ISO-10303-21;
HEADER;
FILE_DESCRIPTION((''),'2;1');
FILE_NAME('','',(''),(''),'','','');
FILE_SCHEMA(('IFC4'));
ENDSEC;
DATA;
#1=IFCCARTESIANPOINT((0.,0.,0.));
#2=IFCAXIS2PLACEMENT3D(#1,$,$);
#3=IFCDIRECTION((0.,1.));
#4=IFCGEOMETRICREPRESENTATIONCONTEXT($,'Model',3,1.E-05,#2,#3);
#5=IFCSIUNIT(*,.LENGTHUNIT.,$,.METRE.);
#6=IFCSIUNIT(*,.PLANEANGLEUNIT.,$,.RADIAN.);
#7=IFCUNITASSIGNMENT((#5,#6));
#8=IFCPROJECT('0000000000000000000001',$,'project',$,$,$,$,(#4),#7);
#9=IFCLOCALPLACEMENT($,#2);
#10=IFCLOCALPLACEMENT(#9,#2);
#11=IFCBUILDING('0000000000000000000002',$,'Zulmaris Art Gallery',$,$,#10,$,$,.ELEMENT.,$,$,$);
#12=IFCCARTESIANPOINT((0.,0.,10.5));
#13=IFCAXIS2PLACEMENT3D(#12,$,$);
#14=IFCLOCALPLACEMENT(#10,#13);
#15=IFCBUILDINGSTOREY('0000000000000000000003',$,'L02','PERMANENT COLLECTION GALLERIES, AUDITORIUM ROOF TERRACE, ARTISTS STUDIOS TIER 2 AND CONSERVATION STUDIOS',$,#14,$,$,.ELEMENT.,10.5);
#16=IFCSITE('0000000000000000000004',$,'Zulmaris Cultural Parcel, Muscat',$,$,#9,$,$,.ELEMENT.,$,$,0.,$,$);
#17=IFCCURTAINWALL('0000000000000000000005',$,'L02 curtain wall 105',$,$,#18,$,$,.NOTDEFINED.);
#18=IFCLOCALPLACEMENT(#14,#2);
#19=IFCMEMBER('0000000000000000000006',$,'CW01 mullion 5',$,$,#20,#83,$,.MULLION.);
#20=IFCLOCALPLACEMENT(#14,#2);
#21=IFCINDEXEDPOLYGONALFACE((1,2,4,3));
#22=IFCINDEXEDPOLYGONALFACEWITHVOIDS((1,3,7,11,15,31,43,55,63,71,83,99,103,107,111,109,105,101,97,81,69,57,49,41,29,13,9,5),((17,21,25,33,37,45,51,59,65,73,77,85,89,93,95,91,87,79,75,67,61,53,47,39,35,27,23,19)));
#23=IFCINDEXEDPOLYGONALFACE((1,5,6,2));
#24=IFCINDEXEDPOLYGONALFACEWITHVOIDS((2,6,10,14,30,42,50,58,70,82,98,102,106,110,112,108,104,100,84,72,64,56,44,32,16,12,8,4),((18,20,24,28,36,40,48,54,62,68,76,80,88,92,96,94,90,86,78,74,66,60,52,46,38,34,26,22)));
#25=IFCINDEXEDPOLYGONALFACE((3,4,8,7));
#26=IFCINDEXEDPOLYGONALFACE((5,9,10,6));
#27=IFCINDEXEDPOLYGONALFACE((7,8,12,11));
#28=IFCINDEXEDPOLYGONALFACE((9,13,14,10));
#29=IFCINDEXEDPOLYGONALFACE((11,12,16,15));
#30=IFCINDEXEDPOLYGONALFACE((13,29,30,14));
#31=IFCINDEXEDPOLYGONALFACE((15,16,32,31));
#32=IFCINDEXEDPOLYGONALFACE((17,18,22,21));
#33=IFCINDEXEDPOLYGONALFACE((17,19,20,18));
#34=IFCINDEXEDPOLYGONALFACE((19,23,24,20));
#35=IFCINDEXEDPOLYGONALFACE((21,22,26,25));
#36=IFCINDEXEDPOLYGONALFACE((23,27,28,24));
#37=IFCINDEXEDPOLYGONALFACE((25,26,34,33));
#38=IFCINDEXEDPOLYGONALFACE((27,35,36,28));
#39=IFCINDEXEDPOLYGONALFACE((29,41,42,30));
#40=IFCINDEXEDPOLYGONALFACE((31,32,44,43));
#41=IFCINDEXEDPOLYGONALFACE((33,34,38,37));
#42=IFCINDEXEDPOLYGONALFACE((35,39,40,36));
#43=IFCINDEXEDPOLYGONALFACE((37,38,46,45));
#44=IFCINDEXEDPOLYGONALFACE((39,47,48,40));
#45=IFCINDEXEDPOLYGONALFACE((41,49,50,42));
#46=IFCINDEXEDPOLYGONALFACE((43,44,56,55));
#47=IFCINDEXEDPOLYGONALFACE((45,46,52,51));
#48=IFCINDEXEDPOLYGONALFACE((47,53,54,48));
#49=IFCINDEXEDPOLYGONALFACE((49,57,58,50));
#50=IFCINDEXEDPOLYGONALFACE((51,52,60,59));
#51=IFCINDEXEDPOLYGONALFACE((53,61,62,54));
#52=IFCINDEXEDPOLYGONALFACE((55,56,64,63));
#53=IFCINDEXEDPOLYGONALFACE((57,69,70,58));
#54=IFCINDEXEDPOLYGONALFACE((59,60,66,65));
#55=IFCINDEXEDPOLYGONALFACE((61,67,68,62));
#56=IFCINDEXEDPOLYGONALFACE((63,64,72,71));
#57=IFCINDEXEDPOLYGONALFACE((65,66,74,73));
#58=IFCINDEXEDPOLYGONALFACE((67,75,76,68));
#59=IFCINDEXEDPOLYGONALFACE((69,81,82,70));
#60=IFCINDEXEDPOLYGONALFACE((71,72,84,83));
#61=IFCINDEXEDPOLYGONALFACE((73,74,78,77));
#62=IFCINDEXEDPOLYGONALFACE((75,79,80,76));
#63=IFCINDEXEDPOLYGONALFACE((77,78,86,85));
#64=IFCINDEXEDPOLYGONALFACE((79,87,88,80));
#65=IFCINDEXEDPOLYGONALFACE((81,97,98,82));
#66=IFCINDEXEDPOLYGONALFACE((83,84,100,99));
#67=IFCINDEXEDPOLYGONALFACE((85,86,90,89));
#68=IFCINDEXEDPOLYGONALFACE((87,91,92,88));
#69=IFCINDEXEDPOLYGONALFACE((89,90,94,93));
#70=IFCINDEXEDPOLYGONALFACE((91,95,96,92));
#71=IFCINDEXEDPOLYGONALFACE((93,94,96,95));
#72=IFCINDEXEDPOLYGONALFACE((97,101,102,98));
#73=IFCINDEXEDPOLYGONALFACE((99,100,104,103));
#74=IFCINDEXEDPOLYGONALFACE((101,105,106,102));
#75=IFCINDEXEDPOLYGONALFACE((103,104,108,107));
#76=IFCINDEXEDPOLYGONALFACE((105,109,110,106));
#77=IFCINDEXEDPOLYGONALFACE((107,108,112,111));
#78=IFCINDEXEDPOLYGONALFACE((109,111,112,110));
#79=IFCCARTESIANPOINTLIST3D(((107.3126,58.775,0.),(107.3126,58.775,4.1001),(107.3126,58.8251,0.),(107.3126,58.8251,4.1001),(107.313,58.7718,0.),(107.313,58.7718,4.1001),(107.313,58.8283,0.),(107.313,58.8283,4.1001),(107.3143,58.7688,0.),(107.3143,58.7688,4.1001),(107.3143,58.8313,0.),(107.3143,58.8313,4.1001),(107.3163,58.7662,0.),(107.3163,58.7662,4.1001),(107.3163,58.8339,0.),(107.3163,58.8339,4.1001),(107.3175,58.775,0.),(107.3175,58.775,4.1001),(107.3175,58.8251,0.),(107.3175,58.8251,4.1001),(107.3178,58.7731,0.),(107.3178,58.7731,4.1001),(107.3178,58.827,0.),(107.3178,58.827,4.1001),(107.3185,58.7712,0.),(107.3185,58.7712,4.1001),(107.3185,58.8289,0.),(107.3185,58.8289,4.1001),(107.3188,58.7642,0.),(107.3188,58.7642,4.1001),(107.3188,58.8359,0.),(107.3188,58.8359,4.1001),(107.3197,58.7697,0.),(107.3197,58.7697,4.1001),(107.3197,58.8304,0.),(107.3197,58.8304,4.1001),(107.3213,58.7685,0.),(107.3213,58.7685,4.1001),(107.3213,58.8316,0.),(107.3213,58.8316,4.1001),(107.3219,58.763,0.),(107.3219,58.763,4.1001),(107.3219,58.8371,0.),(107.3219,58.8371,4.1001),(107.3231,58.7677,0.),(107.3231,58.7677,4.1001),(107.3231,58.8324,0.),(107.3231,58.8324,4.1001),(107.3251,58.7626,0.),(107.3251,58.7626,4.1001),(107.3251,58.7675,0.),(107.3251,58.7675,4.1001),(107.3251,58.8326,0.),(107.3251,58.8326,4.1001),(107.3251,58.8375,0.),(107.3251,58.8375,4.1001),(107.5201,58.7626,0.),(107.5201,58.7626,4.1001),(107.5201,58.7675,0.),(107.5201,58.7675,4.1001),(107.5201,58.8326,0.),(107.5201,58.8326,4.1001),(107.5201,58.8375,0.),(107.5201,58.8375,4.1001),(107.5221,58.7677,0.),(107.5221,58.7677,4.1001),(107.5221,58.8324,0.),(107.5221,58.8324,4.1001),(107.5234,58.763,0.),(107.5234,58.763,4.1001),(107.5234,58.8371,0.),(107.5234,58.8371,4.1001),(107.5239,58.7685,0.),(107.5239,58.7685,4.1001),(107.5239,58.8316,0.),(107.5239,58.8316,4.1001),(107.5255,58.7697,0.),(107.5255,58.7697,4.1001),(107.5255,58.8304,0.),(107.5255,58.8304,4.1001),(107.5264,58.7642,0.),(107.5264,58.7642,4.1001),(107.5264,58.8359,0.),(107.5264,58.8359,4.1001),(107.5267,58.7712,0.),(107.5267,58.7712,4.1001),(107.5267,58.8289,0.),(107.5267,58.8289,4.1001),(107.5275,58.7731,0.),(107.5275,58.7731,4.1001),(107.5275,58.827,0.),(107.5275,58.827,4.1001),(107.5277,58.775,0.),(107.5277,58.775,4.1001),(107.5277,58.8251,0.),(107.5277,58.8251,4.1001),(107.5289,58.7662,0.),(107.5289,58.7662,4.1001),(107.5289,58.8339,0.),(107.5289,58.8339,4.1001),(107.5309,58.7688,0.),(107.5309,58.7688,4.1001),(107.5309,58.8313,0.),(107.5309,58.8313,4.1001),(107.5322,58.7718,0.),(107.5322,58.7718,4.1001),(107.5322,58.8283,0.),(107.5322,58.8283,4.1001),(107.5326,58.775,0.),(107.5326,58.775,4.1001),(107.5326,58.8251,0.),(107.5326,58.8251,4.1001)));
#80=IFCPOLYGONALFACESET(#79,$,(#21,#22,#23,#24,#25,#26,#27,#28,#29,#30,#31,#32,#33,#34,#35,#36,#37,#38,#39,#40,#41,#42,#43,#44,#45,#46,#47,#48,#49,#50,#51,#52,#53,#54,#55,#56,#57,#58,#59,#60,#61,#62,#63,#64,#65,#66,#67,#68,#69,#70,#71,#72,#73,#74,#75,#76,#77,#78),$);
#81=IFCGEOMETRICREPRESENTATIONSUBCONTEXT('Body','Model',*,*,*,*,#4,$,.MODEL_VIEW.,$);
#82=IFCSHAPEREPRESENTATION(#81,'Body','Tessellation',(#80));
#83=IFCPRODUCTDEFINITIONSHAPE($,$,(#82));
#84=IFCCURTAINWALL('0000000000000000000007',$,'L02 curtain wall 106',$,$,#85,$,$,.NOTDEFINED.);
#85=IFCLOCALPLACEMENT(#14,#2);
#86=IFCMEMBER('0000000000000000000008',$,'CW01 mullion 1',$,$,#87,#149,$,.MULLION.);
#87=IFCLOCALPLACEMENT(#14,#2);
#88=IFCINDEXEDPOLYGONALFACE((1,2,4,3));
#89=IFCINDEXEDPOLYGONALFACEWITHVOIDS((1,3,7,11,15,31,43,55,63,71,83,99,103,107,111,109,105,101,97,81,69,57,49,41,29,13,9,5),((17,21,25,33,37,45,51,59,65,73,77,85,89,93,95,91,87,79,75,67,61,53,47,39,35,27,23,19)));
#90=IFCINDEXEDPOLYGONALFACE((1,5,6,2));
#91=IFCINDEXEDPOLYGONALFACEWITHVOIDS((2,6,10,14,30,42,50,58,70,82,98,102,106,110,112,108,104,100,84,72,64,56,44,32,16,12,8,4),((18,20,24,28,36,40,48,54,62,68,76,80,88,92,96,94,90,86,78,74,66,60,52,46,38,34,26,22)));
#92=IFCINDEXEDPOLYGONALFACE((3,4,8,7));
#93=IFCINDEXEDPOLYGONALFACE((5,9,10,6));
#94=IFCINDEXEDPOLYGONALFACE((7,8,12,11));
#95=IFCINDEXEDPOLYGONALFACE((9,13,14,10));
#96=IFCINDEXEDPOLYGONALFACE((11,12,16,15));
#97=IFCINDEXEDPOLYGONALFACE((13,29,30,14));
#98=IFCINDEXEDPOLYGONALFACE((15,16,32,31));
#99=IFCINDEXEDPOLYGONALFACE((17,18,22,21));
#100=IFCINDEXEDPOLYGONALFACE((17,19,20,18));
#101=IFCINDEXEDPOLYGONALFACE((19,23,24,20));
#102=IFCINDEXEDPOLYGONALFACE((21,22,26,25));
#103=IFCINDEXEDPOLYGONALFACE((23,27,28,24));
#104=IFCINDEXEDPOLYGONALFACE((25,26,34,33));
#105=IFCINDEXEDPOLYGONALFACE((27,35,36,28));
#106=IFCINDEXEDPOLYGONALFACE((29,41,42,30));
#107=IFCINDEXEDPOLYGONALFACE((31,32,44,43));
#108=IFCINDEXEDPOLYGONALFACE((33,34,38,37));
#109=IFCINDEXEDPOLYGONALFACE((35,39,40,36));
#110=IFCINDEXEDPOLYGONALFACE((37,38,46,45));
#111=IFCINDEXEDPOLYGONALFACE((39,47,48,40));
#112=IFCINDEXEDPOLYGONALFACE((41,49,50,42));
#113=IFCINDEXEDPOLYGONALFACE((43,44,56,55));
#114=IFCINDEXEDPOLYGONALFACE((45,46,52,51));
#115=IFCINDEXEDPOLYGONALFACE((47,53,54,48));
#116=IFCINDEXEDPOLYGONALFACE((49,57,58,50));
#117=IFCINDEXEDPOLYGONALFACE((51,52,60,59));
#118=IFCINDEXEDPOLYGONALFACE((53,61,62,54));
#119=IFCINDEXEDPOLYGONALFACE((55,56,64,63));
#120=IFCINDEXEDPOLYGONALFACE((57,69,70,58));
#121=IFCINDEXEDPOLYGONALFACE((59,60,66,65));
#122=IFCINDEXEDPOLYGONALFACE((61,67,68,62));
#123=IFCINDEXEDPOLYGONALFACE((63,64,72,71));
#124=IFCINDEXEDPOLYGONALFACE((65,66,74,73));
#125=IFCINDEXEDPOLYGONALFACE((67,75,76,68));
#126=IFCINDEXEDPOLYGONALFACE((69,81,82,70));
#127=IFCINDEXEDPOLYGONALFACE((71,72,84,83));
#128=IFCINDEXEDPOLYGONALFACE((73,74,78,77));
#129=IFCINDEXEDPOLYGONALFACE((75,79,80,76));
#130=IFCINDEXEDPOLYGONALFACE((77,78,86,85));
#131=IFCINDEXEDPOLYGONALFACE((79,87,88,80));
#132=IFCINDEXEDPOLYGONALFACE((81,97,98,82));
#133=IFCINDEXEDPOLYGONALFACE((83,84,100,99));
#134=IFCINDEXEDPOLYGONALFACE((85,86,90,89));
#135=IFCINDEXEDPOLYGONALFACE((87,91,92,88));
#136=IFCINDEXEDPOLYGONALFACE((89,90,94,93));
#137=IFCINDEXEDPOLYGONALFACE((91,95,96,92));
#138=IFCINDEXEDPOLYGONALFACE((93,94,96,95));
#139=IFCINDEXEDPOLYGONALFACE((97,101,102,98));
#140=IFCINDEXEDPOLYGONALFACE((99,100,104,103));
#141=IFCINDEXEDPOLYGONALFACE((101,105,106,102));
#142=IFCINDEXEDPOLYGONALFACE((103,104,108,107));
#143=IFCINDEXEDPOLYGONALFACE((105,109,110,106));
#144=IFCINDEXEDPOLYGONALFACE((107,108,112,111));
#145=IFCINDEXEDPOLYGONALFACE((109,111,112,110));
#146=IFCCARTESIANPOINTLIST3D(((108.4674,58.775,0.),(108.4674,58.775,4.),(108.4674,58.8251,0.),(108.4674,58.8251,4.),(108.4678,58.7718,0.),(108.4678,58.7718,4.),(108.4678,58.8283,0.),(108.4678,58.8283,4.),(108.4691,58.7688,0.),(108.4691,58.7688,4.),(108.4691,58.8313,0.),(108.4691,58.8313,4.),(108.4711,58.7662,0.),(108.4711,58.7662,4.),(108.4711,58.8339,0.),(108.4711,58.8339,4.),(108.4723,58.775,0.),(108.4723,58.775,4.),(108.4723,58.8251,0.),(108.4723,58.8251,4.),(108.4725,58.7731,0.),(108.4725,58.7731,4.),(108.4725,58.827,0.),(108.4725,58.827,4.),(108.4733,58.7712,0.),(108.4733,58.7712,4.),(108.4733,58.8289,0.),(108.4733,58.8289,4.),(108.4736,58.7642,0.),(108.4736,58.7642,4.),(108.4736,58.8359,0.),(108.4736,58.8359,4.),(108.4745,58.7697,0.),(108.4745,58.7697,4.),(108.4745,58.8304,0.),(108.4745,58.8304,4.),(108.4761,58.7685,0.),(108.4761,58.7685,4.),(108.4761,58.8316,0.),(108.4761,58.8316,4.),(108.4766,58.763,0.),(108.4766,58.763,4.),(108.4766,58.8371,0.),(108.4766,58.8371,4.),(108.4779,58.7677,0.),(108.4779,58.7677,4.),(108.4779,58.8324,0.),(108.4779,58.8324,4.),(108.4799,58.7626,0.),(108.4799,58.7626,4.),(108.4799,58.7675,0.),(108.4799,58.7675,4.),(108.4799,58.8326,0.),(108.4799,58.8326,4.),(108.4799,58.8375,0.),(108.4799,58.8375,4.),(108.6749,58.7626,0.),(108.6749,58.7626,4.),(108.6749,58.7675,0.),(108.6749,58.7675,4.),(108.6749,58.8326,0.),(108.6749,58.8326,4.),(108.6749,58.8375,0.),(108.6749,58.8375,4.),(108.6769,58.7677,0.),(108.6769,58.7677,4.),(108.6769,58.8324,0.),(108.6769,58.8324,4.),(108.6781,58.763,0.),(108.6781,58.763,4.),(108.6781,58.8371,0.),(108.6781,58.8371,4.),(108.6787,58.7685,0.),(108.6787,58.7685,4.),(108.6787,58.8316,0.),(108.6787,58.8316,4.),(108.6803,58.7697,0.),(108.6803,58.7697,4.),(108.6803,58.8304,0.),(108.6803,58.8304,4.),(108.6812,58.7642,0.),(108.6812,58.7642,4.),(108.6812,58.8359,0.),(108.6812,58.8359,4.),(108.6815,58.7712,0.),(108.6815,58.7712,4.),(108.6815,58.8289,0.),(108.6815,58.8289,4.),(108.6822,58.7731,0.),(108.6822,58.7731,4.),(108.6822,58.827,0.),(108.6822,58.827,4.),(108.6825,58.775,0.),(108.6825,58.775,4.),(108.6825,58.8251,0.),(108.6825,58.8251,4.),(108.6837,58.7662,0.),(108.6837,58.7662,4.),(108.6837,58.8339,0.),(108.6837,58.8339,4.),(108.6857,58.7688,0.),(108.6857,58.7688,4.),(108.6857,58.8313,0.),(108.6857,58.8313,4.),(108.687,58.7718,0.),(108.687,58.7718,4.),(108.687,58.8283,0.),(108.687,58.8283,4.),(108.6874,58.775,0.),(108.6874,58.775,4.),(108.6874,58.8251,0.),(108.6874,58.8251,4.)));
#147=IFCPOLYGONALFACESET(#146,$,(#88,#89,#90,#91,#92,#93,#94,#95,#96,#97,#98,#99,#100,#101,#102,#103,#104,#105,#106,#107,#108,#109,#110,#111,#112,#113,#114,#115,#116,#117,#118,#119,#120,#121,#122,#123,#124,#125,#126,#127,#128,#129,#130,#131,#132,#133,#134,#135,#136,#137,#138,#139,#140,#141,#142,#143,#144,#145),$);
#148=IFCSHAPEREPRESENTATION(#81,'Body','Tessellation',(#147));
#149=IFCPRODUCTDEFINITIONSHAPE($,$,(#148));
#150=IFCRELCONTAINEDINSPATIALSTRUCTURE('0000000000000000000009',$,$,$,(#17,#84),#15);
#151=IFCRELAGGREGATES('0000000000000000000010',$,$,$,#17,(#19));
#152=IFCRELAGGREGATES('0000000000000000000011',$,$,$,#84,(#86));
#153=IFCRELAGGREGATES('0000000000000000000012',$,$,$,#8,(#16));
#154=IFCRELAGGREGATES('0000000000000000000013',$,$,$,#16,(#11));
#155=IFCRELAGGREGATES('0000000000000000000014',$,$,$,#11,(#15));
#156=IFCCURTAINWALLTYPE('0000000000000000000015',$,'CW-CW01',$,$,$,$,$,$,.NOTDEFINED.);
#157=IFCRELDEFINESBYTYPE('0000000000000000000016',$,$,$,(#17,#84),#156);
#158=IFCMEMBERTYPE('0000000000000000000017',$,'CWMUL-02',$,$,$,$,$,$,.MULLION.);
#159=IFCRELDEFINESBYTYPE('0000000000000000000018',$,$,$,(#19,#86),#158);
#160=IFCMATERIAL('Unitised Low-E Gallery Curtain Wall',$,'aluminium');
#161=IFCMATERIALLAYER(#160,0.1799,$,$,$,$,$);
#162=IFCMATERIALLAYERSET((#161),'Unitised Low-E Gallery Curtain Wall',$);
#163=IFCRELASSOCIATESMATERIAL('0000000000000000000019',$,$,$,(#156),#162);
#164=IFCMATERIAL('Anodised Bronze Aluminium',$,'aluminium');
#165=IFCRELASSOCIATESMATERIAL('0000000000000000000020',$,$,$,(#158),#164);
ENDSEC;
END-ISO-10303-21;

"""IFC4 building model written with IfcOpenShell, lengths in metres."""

from ifc_helpers import new_model, si_unit, direction, frame, origin, origin_2d, place, context, subcontext, project, spatial, hollow_rectangle, extrude, material, layer, layer_set, material_profile, profile_set, type_object, element, aggregate, save


model = new_model("IFC4")

# Units and contexts
model_context = context("Model", 3, precision=1e-05, world=origin(), true_north=direction((0.0, 1.0)))
body_context = subcontext(model_context, "Body", "Model", "MODEL_VIEW")
ifc_project = project(units=[si_unit("LENGTHUNIT", "METRE"), si_unit("PLANEANGLEUNIT", "RADIAN")], contexts=[model_context])

# Site, building, storey
site_placement = place(None, origin())
site = spatial("IfcSite", under=ifc_project, at=site_placement, Name="Zulmaris Cultural Parcel, Muscat", CompositionType="ELEMENT", RefElevation=0.0)
building_placement = place(site_placement, origin())
building = spatial("IfcBuilding", under=site, at=building_placement, Name="Zulmaris Art Gallery", CompositionType="ELEMENT")
storey_placement = place(building_placement, frame((0.0, 0.0, 10.5)))
storey = spatial("IfcBuildingStorey", under=building, at=storey_placement, Name="L02", Description="PERMANENT COLLECTION GALLERIES, AUDITORIUM ROOF TERRACE, ARTISTS STUDIOS TIER 2 AND CONSERVATION STUDIOS", CompositionType="ELEMENT", Elevation=10.5)

# Curtain walls, members
ifc_material_1 = material(Name="Unitised Low-E Gallery Curtain Wall", Category="aluminium")
ifc_layer_1 = layer(ifc_material_1, 0.1799)
ifc_layer_set_1 = layer_set([ifc_layer_1], Name="Unitised Low-E Gallery Curtain Wall")
curtain_wall_type = type_object("IfcCurtainWallType", Name="CW-CW01", PredefinedType="NOTDEFINED", material=ifc_layer_set_1)
curtain_wall_1_placement = place(storey_placement, origin())
curtain_wall_1 = element("IfcCurtainWall", 1, at=curtain_wall_1_placement, inside=storey, type_object=curtain_wall_type, Name="L02 curtain wall 105", PredefinedType="NOTDEFINED")
ifc_material_2 = material(Name="Anodised Bronze Aluminium", Category="aluminium")
ifc_material_profile_1 = material_profile(ifc_material_2, hollow_rectangle(XDim=0.075, YDim=0.22, WallThickness=0.0049, InnerFilletRadius=0.0076, OuterFilletRadius=0.0125, at=origin_2d()), Name="ALU 75x220x5")
ifc_profile_set_1 = profile_set([ifc_material_profile_1], Name="Anodised Bronze Aluminium")
member_type_1 = type_object("IfcMemberType", Name="CWMUL-02", PredefinedType="MULLION", material=ifc_profile_set_1)
member_1_placement = place(storey_placement, frame((107.4226, 58.8, 0.0), z_axis=(0.0, 0.0, 1.0), x_axis=(0.0, 1.0, 0.0)))
member_1 = element("IfcMember", 2, at=member_1_placement, type_object=member_type_1, Name="CW01 mullion 5", PredefinedType="MULLION", context=body_context, shape_type="SweptSolid", body=[
    extrude(hollow_rectangle(XDim=0.075, YDim=0.22, WallThickness=0.0049, InnerFilletRadius=0.0076, OuterFilletRadius=0.0125, at=origin_2d()), origin(), (0.0, 0.0, 1.0), 4.1001),
])
curtain_wall_2_placement = place(storey_placement, origin())
curtain_wall_2 = element("IfcCurtainWall", 3, at=curtain_wall_2_placement, inside=storey, type_object=curtain_wall_type, Name="L02 curtain wall 106", PredefinedType="NOTDEFINED")
member_2_placement = place(storey_placement, frame((108.5774, 58.8, 0.0), z_axis=(0.0, 0.0, 1.0), x_axis=(0.0, 1.0, 0.0)))
member_2 = element("IfcMember", 4, at=member_2_placement, type_object=member_type_1, Name="CW01 mullion 1", PredefinedType="MULLION", context=body_context, shape_type="SweptSolid", body=[
    extrude(hollow_rectangle(XDim=0.075, YDim=0.22, WallThickness=0.0049, InnerFilletRadius=0.0076, OuterFilletRadius=0.0125, at=origin_2d()), origin(), (0.0, 0.0, 1.0), 4.0),
])

aggregate(curtain_wall_1, [member_1])
aggregate(curtain_wall_2, [member_2])

save(model, "model.ifc")
